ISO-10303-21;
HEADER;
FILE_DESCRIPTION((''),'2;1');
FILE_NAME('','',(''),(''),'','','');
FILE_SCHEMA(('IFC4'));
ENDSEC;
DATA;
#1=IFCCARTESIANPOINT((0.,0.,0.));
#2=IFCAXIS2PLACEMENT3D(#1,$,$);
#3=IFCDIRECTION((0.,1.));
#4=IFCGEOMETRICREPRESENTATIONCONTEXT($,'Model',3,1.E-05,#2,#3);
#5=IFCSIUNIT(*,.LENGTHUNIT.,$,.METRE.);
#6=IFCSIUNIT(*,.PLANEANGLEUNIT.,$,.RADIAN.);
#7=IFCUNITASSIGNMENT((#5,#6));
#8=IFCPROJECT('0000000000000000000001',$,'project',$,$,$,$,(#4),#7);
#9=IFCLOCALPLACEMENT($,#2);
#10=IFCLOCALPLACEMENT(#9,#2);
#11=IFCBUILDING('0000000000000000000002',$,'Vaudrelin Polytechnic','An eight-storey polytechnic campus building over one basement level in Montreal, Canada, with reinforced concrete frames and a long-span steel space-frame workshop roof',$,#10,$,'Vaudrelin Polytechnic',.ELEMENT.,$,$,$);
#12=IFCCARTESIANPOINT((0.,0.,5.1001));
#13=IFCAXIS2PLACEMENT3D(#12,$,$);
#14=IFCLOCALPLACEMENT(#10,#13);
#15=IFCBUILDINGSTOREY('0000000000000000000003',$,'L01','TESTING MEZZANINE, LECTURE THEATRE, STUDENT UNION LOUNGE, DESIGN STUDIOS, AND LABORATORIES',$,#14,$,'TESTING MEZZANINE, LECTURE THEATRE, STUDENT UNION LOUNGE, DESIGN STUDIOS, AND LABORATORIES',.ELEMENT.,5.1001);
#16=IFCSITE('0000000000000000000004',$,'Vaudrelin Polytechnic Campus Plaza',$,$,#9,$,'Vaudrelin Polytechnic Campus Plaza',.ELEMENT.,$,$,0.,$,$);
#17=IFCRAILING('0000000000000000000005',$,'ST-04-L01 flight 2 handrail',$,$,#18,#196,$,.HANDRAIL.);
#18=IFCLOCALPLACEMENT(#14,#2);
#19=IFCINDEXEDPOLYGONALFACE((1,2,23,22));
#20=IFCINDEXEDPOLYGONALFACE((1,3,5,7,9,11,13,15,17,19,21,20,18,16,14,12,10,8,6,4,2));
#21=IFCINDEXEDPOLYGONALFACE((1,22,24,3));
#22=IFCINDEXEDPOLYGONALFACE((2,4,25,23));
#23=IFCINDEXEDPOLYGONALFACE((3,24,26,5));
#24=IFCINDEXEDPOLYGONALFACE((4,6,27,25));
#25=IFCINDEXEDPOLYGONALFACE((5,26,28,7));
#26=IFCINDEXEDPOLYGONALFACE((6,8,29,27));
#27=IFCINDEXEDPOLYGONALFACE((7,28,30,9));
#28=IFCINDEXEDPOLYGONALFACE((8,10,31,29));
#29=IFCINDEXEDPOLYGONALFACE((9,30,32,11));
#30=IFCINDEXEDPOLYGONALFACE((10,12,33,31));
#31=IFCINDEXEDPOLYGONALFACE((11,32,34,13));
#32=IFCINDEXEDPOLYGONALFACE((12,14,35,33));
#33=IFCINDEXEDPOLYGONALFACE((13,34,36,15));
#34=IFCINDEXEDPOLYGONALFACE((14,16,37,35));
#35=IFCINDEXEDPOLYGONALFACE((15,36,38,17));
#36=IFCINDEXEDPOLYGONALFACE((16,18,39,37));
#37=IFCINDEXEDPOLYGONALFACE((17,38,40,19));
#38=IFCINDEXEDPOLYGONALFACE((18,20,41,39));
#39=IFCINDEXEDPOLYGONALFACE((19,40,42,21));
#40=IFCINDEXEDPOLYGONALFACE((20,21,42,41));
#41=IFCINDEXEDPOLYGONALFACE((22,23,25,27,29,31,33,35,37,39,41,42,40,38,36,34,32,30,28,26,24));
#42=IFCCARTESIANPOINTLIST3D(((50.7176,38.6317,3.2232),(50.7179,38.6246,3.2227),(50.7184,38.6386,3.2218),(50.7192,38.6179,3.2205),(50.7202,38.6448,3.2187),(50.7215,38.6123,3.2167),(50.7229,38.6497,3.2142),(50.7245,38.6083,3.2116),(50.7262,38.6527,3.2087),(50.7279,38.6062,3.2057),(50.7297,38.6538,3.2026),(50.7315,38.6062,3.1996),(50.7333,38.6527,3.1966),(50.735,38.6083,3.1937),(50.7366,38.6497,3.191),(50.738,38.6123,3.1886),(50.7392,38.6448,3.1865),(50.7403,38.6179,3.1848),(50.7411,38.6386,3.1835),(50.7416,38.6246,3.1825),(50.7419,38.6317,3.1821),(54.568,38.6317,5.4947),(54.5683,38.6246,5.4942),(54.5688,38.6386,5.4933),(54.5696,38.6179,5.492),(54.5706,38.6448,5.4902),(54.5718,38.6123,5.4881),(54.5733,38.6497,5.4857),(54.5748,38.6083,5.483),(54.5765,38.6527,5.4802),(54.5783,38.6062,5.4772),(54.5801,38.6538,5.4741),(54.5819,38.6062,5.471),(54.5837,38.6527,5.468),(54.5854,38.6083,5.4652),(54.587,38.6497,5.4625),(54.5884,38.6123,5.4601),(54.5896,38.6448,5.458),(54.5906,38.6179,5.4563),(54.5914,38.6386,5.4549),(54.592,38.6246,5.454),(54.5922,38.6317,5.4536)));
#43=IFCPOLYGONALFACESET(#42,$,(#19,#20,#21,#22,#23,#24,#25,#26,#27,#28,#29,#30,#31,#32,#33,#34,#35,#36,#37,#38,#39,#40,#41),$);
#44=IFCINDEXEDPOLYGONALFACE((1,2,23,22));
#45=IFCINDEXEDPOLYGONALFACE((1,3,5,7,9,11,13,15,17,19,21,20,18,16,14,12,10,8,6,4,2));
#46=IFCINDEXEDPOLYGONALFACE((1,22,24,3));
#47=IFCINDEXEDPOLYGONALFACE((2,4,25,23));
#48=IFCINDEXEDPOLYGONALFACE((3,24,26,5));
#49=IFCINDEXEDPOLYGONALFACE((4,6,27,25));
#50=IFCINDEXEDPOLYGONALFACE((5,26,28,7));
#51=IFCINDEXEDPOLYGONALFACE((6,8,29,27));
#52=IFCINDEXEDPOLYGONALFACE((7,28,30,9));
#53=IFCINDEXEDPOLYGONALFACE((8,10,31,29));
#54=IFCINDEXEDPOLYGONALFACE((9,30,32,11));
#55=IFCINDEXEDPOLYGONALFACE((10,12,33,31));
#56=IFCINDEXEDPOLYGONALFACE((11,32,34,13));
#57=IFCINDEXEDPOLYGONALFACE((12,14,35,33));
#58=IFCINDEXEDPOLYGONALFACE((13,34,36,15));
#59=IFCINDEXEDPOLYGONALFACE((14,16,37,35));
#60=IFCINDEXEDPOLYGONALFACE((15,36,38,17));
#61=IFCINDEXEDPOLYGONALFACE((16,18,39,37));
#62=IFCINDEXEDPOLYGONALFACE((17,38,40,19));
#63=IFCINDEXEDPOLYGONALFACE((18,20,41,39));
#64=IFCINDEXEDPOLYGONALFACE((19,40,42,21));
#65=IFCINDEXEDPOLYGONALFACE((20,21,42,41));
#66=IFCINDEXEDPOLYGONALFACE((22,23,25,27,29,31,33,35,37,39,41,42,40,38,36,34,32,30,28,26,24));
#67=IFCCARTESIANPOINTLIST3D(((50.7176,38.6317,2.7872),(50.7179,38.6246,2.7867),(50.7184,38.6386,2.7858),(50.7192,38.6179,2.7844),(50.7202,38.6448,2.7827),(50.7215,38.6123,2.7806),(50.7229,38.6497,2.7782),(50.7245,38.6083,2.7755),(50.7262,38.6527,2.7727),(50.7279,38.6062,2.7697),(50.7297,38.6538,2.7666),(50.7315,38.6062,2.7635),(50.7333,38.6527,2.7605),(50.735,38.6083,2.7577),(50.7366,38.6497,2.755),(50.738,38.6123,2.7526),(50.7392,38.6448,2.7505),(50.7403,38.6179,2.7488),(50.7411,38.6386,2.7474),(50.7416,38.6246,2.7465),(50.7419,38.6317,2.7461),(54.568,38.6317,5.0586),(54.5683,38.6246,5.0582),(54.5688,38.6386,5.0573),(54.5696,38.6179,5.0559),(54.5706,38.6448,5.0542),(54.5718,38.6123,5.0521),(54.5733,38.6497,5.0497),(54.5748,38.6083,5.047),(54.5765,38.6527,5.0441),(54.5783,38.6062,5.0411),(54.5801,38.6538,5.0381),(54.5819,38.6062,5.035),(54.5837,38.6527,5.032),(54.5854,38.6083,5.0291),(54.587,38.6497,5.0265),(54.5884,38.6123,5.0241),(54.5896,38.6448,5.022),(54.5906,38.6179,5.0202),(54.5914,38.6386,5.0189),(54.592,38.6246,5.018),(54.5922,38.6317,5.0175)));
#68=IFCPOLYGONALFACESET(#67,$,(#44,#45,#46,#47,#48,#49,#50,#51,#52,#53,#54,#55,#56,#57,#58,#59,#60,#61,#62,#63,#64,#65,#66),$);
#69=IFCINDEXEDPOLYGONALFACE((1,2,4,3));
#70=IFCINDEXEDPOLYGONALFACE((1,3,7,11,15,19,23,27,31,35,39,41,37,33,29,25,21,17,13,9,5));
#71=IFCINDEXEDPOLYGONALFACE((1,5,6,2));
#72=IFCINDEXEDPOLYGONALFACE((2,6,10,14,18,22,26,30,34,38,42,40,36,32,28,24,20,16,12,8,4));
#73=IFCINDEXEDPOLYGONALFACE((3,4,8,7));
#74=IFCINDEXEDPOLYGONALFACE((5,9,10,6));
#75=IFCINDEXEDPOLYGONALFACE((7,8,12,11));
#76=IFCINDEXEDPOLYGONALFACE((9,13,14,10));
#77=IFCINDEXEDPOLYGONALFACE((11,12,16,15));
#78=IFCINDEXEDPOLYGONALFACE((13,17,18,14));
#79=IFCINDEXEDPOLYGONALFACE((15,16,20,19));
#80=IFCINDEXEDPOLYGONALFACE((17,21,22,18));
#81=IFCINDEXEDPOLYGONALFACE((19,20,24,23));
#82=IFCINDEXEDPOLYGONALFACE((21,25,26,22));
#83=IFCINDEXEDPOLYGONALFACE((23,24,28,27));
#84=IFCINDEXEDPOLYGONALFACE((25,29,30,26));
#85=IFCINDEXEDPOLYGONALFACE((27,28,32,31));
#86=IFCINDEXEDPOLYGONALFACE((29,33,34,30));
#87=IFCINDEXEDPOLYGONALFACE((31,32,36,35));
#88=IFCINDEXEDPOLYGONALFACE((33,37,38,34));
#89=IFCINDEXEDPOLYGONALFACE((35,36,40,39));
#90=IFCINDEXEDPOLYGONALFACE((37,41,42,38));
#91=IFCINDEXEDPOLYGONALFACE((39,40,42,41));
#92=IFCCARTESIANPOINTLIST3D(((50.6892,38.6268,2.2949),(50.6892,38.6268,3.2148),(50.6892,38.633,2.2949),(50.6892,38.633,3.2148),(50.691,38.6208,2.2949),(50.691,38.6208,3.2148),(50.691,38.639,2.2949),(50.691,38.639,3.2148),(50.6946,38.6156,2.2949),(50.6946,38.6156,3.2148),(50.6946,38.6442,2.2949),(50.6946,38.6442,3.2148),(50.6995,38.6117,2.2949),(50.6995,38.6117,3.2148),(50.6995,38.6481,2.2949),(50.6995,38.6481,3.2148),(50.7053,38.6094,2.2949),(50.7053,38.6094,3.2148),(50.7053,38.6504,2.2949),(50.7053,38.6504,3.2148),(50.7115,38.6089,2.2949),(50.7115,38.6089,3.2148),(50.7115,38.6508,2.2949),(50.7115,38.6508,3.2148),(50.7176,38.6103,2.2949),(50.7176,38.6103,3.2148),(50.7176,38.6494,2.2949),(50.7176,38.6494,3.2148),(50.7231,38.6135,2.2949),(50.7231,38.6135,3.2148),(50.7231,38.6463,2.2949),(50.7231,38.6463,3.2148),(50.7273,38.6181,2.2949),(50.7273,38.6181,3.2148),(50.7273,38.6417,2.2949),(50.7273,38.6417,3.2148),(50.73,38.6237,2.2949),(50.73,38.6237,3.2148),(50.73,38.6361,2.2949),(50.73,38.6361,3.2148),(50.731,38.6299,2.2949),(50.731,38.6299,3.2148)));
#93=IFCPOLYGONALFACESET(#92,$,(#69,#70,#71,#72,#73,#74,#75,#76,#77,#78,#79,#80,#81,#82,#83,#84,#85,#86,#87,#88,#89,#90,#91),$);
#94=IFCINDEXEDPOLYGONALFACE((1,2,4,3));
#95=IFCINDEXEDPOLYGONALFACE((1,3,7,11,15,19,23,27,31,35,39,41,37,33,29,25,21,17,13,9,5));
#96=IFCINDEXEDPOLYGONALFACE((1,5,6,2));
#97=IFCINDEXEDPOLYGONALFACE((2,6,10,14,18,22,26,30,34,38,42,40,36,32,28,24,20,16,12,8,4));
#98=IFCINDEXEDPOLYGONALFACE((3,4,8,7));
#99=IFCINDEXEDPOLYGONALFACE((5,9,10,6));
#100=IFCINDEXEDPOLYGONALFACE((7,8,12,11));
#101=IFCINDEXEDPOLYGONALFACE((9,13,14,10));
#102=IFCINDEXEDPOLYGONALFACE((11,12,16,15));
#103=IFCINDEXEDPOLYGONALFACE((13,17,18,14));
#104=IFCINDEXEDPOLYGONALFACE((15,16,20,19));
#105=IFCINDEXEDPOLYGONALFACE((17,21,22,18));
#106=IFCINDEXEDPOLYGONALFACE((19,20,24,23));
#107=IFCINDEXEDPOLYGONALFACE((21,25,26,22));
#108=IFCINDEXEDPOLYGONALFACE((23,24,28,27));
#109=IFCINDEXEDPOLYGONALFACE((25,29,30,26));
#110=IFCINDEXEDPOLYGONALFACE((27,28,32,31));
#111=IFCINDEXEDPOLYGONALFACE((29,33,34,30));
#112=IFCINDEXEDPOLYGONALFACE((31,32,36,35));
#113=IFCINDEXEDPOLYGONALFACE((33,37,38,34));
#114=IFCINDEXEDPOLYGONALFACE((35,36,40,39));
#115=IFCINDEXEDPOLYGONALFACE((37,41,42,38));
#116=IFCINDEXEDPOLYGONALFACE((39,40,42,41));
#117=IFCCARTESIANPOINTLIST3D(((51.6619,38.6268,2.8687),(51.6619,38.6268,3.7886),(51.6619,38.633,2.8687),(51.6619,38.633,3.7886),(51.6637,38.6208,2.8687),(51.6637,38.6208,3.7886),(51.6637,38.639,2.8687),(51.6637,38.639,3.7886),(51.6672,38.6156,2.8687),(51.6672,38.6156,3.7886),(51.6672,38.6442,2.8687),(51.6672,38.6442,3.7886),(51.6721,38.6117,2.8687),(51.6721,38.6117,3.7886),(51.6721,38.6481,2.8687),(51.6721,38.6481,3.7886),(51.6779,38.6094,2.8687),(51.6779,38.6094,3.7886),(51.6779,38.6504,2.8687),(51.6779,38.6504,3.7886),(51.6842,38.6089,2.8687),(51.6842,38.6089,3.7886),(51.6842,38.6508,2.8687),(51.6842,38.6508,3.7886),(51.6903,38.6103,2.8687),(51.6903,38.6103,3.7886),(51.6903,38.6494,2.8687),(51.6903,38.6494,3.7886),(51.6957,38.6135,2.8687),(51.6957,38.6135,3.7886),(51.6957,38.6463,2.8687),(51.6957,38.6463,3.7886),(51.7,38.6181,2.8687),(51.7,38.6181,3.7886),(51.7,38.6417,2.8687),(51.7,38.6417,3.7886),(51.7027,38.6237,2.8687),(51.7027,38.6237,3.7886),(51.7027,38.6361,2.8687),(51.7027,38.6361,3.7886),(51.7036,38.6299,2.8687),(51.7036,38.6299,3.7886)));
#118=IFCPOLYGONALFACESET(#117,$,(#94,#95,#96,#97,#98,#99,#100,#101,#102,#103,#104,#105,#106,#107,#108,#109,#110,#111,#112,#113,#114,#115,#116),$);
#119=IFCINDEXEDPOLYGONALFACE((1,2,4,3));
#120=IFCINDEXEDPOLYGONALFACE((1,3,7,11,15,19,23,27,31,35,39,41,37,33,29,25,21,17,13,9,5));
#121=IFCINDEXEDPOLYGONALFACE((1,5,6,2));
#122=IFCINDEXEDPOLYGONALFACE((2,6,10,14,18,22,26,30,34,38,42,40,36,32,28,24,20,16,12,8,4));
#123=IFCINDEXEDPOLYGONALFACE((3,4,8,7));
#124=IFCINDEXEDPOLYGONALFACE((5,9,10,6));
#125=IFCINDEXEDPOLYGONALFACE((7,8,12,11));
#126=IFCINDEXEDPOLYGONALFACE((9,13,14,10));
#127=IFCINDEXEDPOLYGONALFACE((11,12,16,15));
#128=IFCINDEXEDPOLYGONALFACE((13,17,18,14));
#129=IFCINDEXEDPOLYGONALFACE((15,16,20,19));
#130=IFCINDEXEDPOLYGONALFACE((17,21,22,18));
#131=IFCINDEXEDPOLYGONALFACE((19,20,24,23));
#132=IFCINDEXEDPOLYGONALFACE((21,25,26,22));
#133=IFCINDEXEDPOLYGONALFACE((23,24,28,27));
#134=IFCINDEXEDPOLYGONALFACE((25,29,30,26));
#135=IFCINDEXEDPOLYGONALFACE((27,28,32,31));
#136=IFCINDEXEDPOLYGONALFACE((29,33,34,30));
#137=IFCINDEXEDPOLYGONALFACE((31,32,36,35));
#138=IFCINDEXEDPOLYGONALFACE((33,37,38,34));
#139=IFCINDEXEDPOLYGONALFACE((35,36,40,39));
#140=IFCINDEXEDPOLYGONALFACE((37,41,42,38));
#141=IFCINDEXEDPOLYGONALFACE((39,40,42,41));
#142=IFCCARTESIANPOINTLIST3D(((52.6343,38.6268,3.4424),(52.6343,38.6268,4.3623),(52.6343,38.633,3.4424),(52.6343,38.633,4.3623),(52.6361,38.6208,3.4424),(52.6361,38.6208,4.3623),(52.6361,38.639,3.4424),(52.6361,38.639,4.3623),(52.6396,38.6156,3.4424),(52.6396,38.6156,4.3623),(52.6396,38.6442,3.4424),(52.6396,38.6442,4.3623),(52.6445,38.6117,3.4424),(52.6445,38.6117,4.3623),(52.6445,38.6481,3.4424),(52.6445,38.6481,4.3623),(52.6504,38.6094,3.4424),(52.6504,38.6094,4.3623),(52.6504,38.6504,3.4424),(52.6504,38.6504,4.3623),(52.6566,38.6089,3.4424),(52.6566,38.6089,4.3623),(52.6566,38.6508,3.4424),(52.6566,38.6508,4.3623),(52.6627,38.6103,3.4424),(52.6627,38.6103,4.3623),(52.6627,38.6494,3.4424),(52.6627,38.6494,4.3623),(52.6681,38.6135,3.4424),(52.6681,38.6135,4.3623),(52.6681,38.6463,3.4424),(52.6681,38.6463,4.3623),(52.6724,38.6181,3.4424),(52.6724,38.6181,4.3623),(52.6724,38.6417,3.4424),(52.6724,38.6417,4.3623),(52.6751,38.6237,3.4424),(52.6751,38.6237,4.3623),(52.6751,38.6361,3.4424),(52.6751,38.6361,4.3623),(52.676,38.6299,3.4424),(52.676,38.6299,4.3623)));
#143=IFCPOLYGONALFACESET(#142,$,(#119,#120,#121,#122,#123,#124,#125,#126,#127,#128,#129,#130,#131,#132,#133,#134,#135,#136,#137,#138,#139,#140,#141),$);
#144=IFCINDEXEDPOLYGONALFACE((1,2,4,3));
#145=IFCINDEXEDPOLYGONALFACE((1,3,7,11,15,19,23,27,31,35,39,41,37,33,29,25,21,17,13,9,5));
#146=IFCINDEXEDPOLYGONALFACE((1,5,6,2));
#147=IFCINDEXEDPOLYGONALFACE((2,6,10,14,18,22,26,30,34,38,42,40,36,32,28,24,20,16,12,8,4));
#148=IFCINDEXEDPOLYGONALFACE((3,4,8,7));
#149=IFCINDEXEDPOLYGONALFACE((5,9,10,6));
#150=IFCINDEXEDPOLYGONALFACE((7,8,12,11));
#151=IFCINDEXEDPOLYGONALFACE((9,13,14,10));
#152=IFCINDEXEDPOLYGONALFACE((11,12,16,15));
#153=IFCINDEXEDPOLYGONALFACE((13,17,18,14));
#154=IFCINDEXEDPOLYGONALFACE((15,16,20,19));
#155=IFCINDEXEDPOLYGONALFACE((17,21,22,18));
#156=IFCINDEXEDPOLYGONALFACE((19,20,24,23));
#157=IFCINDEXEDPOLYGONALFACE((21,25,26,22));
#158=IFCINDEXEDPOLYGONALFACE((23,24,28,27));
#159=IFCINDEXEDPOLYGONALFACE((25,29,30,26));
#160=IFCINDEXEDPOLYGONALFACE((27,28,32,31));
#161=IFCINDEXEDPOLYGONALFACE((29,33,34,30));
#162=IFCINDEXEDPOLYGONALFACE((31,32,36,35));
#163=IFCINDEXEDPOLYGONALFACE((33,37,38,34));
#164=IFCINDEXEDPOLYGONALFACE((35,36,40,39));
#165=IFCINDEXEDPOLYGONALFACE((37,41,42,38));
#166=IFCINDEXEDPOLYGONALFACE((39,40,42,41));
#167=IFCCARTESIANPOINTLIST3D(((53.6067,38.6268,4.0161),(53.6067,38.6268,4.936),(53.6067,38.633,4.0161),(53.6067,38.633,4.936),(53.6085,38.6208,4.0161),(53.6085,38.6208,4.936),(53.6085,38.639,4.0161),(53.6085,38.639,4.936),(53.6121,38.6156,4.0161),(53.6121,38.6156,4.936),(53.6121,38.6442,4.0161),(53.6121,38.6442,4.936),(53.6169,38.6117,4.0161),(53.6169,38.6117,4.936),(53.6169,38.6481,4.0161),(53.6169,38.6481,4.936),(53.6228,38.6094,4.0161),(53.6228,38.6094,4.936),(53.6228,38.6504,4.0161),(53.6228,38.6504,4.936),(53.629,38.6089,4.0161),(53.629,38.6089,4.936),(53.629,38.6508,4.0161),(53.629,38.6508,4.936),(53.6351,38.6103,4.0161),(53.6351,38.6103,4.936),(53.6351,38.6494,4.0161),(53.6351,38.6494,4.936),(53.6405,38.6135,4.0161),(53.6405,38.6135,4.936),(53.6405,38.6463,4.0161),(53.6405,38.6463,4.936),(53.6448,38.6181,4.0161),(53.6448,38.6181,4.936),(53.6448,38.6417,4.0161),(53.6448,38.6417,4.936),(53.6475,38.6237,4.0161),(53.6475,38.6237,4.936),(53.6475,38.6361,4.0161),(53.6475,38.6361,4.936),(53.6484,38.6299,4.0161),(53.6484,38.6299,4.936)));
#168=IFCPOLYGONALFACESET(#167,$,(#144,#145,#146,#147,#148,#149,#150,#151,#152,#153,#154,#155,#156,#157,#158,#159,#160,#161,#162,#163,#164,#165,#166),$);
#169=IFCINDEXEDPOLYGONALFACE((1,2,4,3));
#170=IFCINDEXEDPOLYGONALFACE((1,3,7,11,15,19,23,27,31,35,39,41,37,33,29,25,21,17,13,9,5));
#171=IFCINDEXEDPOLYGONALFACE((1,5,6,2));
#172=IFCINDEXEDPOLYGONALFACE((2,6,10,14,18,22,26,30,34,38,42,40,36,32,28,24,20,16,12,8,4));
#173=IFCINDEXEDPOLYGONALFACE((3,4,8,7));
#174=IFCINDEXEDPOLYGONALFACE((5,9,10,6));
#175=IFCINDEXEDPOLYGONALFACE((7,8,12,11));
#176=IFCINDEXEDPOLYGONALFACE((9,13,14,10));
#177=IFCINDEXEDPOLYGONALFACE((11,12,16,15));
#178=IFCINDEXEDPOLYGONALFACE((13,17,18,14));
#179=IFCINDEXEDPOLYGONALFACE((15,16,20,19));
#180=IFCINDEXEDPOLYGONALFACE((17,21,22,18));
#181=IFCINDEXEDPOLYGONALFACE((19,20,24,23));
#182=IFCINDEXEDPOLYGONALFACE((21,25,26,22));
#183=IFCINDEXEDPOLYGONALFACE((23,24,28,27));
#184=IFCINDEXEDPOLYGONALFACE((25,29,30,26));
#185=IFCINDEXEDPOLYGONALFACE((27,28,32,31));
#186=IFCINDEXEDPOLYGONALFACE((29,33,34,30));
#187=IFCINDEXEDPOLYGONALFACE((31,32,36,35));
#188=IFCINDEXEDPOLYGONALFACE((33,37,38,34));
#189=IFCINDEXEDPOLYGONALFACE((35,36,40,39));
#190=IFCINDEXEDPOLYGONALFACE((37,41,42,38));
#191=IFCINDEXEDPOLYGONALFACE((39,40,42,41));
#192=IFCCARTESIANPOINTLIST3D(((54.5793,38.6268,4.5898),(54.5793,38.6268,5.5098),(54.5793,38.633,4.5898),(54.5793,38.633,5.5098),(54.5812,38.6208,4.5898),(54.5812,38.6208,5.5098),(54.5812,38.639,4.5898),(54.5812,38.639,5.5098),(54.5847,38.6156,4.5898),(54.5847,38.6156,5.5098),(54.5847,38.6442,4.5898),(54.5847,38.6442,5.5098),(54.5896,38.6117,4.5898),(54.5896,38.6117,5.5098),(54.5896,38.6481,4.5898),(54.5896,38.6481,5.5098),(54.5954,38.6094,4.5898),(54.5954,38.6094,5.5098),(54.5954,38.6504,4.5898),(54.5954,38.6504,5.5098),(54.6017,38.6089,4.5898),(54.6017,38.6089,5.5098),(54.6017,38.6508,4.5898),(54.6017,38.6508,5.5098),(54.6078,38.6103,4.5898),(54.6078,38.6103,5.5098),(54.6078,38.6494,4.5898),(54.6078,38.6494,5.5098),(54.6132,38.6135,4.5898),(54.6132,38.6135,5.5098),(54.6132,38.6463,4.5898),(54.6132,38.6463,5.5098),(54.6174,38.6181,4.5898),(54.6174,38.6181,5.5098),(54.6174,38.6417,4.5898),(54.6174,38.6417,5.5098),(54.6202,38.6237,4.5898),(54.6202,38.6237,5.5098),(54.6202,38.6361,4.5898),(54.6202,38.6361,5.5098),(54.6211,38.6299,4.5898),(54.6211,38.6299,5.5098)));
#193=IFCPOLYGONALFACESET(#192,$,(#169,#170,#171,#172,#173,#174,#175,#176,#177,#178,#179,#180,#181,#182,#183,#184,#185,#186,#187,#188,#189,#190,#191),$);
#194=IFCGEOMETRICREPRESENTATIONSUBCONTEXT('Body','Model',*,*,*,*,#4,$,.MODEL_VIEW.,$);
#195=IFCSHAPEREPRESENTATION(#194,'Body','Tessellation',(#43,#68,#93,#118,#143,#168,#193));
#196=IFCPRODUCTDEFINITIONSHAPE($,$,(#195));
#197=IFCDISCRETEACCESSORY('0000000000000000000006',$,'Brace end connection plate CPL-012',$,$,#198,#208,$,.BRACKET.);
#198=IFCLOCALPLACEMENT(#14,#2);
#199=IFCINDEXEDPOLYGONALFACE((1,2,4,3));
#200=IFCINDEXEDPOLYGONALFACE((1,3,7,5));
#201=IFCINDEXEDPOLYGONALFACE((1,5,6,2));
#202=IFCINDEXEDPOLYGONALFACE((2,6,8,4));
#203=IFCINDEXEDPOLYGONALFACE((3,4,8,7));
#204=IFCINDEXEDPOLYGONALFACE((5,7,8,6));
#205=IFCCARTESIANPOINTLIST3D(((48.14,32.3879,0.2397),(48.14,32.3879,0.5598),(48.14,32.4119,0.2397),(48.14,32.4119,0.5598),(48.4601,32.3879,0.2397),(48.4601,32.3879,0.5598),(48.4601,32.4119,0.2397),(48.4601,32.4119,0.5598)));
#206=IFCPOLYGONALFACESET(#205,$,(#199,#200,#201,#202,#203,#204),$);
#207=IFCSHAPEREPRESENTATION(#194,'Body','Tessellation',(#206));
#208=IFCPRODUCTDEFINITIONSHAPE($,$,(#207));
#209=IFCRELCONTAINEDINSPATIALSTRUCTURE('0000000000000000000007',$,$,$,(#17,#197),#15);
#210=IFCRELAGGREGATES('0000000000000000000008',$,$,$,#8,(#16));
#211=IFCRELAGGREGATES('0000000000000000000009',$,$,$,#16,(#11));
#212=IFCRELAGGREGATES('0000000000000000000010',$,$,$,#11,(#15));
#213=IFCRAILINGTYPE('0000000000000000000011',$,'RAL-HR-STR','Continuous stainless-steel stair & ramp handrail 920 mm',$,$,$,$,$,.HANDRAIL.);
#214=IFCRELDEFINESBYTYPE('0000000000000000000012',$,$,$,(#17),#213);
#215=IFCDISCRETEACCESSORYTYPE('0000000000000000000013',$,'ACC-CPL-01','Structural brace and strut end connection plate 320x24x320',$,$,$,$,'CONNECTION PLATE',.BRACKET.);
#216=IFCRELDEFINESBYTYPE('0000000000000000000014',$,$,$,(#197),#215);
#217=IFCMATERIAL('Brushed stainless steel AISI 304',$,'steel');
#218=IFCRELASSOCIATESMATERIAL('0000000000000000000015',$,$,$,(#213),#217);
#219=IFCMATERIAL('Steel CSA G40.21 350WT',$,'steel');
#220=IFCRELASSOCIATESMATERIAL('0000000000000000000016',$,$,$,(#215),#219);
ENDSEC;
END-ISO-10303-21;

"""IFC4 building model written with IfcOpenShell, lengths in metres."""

from ifc_helpers import new_model, si_unit, direction, frame, origin, origin_2d, place, context, subcontext, project, spatial, rectangle, circle, extrude, material, type_object, element, save


model = new_model("IFC4")

# Units and contexts
model_context = context("Model", 3, precision=1e-05, world=origin(), true_north=direction((0.0, 1.0)))
body_context = subcontext(model_context, "Body", "Model", "MODEL_VIEW")
ifc_project = project(units=[si_unit("LENGTHUNIT", "METRE"), si_unit("PLANEANGLEUNIT", "RADIAN")], contexts=[model_context])

# Site, building, storey
site_placement = place(None, origin())
site = spatial("IfcSite", under=ifc_project, at=site_placement, Name="Vaudrelin Polytechnic Campus Plaza", LongName="Vaudrelin Polytechnic Campus Plaza", CompositionType="ELEMENT", RefElevation=0.0)
building_placement = place(site_placement, origin())
building = spatial("IfcBuilding", under=site, at=building_placement, Name="Vaudrelin Polytechnic", Description="An eight-storey polytechnic campus building over one basement level in Montreal, Canada, with reinforced concrete frames and a long-span steel space-frame workshop roof", LongName="Vaudrelin Polytechnic", CompositionType="ELEMENT")
storey_placement = place(building_placement, frame((0.0, 0.0, 5.1001)))
storey = spatial("IfcBuildingStorey", under=building, at=storey_placement, Name="L01", Description="TESTING MEZZANINE, LECTURE THEATRE, STUDENT UNION LOUNGE, DESIGN STUDIOS, AND LABORATORIES", LongName="TESTING MEZZANINE, LECTURE THEATRE, STUDENT UNION LOUNGE, DESIGN STUDIOS, AND LABORATORIES", CompositionType="ELEMENT", Elevation=5.1001)

# Shared definitions
ifc_material_1 = material(Name="Brushed stainless steel AISI 304", Category="steel")

# Railing
railing_type_1 = type_object("IfcRailingType", Name="RAL-HR-STR", Description="Continuous stainless-steel stair & ramp handrail 920 mm", PredefinedType="HANDRAIL", material=ifc_material_1)
railing_1_placement = place(storey_placement, frame((50.71, 38.6299, 2.2949)))
element("IfcRailing", 1, at=railing_1_placement, inside=storey, type_object=railing_type_1, Name="ST-04-L01 flight 2 handrail", PredefinedType="HANDRAIL", context=body_context, shape_type="SweptSolid", body=[
    extrude(circle(Radius=0.0239, at=origin_2d()), frame((0.0198, 0.0, 0.9077), z_axis=(0.861294, 0.0, 0.508106), x_axis=(0.0, 1.0, 0.0)), (0.0, 0.0, 1.0), 4.4705),
    extrude(circle(Radius=0.0239, at=origin_2d()), frame((0.0198, 0.0, 0.4717), z_axis=(0.861294, 0.0, 0.508106), x_axis=(0.0, 1.0, 0.0)), (0.0, 0.0, 1.0), 4.4705),
    extrude(circle(Radius=0.021, at=origin_2d()), origin(), (0.0, 0.0, 1.0), 0.9199),
    extrude(circle(Radius=0.021, at=origin_2d()), frame((0.9727, 0.0, 0.5737)), (0.0, 0.0, 1.0), 0.9199),
    extrude(circle(Radius=0.021, at=origin_2d()), frame((1.9451, 0.0, 1.1475)), (0.0, 0.0, 1.0), 0.9199),
    extrude(circle(Radius=0.021, at=origin_2d()), frame((2.9175, 0.0, 1.7212)), (0.0, 0.0, 1.0), 0.9199),
    extrude(circle(Radius=0.021, at=origin_2d()), frame((3.8901, 0.0, 2.2949)), (0.0, 0.0, 1.0), 0.9199),
])

# Discrete accessory
ifc_material_2 = material(Name="Steel CSA G40.21 350WT", Category="steel")
discrete_accessory_type = type_object("IfcDiscreteAccessoryType", Name="ACC-CPL-01", Description="Structural brace and strut end connection plate 320x24x320", ElementType="CONNECTION PLATE", PredefinedType="BRACKET", material=ifc_material_2)
discrete_accessory_placement = place(storey_placement, frame((48.3, 32.3999, 0.2397), z_axis=(0.0, 0.0, 1.0), x_axis=(1.0, 0.0, 0.0)))
element("IfcDiscreteAccessory", 2, at=discrete_accessory_placement, inside=storey, type_object=discrete_accessory_type, Name="Brace end connection plate CPL-012", PredefinedType="BRACKET", context=body_context, shape_type="SweptSolid", body=[
    extrude(rectangle(XDim=0.3201, YDim=0.0239, at=origin_2d()), origin(), (0.0, 0.0, 1.0), 0.3201),
])

save(model, "model.ifc")
